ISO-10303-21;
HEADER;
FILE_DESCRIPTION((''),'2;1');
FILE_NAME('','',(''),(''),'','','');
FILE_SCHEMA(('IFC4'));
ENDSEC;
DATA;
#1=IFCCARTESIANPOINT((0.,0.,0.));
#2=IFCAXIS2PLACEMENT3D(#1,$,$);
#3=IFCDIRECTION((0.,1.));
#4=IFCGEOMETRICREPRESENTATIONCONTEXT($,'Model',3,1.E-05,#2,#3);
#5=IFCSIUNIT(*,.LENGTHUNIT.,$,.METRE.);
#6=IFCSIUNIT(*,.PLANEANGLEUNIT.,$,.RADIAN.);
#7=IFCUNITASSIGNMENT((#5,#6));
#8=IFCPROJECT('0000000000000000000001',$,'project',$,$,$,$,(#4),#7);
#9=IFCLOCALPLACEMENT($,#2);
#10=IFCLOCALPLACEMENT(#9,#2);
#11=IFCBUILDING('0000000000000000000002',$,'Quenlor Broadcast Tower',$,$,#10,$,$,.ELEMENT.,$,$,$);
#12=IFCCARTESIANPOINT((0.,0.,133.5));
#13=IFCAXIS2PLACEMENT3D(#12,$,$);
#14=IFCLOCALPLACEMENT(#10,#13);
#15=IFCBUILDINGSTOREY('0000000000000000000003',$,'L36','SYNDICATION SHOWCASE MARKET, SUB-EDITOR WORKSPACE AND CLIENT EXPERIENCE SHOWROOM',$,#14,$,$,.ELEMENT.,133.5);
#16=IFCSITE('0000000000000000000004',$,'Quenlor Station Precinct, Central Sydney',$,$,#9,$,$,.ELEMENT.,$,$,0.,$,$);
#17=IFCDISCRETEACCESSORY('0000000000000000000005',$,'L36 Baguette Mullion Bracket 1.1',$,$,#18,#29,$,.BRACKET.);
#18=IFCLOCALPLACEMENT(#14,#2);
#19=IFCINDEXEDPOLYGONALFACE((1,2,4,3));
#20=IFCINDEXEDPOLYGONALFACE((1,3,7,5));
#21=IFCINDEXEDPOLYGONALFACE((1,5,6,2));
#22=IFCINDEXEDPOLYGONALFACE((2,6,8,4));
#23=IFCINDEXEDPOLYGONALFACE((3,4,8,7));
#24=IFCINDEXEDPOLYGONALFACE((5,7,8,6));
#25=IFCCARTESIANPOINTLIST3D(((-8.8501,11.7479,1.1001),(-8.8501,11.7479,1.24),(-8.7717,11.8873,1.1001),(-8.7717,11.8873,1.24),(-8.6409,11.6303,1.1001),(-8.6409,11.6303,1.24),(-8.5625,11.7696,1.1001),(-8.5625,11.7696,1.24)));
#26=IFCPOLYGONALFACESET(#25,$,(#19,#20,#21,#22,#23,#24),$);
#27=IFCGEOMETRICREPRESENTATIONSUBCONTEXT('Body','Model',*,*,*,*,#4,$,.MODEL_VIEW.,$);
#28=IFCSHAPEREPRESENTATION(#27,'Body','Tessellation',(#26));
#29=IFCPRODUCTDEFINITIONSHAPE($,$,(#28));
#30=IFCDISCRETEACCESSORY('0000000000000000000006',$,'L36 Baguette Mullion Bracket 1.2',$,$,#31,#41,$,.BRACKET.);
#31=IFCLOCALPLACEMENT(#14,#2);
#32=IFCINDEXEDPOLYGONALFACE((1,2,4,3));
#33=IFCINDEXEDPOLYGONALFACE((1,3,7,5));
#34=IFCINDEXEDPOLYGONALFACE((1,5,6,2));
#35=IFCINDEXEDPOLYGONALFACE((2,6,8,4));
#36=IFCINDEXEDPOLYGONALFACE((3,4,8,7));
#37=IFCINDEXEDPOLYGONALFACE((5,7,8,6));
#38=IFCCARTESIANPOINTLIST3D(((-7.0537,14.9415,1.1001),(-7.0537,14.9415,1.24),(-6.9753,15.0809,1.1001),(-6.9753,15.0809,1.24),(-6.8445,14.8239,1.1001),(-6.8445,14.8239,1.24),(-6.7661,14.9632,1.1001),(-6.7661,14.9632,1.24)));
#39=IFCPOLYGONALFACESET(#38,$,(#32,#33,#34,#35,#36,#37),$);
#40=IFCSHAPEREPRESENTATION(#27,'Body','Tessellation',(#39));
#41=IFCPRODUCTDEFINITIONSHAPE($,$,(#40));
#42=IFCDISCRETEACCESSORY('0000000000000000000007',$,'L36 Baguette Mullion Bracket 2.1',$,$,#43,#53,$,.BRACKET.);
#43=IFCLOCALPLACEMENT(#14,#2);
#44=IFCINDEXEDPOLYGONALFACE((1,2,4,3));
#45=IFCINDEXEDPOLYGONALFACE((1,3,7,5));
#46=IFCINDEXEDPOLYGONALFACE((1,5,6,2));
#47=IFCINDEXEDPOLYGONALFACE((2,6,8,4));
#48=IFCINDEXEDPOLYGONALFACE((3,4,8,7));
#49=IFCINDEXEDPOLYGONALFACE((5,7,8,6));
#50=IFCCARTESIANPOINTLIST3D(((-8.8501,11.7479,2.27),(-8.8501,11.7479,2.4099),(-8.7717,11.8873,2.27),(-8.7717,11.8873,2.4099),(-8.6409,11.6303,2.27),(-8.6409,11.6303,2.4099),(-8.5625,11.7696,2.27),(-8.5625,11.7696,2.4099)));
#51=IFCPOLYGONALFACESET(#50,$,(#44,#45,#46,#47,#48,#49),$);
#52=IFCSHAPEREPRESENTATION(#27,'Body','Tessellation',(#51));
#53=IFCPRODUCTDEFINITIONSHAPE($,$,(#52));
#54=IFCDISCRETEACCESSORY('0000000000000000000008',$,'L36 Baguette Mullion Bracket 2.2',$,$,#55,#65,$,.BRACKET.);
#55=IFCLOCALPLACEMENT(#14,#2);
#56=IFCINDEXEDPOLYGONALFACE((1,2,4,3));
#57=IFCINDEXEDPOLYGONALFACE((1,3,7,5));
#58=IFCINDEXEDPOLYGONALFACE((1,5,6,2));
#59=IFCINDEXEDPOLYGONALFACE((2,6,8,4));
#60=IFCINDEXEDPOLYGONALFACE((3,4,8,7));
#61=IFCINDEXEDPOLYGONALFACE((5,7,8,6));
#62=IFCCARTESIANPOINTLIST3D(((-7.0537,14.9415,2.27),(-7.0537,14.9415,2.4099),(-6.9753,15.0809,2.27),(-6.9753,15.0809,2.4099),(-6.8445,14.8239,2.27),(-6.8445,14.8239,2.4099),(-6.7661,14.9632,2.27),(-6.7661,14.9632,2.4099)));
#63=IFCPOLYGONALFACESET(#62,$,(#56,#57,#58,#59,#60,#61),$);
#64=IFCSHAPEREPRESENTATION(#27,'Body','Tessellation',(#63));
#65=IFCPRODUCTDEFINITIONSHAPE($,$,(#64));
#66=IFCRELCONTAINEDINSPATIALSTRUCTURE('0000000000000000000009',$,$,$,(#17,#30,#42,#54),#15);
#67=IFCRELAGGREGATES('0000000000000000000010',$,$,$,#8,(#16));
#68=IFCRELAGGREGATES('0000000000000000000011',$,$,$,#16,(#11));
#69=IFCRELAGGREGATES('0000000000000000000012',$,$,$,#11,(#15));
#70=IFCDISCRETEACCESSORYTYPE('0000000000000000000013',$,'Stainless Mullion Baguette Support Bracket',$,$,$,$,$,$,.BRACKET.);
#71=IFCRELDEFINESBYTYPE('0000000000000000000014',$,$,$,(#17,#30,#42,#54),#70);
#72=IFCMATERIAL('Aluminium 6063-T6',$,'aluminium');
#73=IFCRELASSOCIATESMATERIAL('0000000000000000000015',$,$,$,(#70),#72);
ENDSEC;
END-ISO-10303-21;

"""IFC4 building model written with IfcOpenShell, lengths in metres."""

from ifc_helpers import new_model, si_unit, direction, frame, origin, origin_2d, place, context, subcontext, project, spatial, rectangle, extrude, material, type_object, element, save


model = new_model("IFC4")

# Units and contexts
model_context = context("Model", 3, precision=1e-05, world=origin(), true_north=direction((0.0, 1.0)))
body_context = subcontext(model_context, "Body", "Model", "MODEL_VIEW")
ifc_project = project(units=[si_unit("LENGTHUNIT", "METRE"), si_unit("PLANEANGLEUNIT", "RADIAN")], contexts=[model_context])

# Site, building, storey
site_placement = place(None, origin())
site = spatial("IfcSite", under=ifc_project, at=site_placement, Name="Quenlor Station Precinct, Central Sydney", CompositionType="ELEMENT", RefElevation=0.0)
building_placement = place(site_placement, origin())
building = spatial("IfcBuilding", under=site, at=building_placement, Name="Quenlor Broadcast Tower", CompositionType="ELEMENT")
storey_placement = place(building_placement, frame((0.0, 0.0, 133.5)))
storey = spatial("IfcBuildingStorey", under=building, at=storey_placement, Name="L36", Description="SYNDICATION SHOWCASE MARKET, SUB-EDITOR WORKSPACE AND CLIENT EXPERIENCE SHOWROOM", CompositionType="ELEMENT", Elevation=133.5)

# Discrete accessories
ifc_material_1 = material(Name="Aluminium 6063-T6", Category="aluminium")
discrete_accessory_type = type_object("IfcDiscreteAccessoryType", Name="Stainless Mullion Baguette Support Bracket", PredefinedType="BRACKET", material=ifc_material_1)
for number, where, z_axis, x_axis, name in (
    (1, (-8.7063, 11.7588, 1.1001), (0.0, 0.0, 1.0), (0.49027, 0.871571, 0.0), "L36 Baguette Mullion Bracket 1.1"),
    (2, (-6.9099, 14.9524, 1.1001), (0.0, 0.0, 1.0), (0.49027, 0.871571, 0.0), "L36 Baguette Mullion Bracket 1.2"),
    (3, (-8.7063, 11.7588, 2.27), (0.0, 0.0, 1.0), (0.49027, 0.871571, 0.0), "L36 Baguette Mullion Bracket 2.1"),
    (4, (-6.9099, 14.9524, 2.27), (0.0, 0.0, 1.0), (0.49027, 0.871571, 0.0), "L36 Baguette Mullion Bracket 2.2"),
):
    element("IfcDiscreteAccessory", number, at=place(storey_placement, frame(where, z_axis=z_axis, x_axis=x_axis)), inside=storey, type_object=discrete_accessory_type, Name=name, PredefinedType="BRACKET", context=body_context, shape_type="SweptSolid", body=[
        extrude(rectangle(XDim=0.1599, YDim=0.24, at=origin_2d()), origin(), (0.0, 0.0, 1.0), 0.1399),
    ])

save(model, "model.ifc")
